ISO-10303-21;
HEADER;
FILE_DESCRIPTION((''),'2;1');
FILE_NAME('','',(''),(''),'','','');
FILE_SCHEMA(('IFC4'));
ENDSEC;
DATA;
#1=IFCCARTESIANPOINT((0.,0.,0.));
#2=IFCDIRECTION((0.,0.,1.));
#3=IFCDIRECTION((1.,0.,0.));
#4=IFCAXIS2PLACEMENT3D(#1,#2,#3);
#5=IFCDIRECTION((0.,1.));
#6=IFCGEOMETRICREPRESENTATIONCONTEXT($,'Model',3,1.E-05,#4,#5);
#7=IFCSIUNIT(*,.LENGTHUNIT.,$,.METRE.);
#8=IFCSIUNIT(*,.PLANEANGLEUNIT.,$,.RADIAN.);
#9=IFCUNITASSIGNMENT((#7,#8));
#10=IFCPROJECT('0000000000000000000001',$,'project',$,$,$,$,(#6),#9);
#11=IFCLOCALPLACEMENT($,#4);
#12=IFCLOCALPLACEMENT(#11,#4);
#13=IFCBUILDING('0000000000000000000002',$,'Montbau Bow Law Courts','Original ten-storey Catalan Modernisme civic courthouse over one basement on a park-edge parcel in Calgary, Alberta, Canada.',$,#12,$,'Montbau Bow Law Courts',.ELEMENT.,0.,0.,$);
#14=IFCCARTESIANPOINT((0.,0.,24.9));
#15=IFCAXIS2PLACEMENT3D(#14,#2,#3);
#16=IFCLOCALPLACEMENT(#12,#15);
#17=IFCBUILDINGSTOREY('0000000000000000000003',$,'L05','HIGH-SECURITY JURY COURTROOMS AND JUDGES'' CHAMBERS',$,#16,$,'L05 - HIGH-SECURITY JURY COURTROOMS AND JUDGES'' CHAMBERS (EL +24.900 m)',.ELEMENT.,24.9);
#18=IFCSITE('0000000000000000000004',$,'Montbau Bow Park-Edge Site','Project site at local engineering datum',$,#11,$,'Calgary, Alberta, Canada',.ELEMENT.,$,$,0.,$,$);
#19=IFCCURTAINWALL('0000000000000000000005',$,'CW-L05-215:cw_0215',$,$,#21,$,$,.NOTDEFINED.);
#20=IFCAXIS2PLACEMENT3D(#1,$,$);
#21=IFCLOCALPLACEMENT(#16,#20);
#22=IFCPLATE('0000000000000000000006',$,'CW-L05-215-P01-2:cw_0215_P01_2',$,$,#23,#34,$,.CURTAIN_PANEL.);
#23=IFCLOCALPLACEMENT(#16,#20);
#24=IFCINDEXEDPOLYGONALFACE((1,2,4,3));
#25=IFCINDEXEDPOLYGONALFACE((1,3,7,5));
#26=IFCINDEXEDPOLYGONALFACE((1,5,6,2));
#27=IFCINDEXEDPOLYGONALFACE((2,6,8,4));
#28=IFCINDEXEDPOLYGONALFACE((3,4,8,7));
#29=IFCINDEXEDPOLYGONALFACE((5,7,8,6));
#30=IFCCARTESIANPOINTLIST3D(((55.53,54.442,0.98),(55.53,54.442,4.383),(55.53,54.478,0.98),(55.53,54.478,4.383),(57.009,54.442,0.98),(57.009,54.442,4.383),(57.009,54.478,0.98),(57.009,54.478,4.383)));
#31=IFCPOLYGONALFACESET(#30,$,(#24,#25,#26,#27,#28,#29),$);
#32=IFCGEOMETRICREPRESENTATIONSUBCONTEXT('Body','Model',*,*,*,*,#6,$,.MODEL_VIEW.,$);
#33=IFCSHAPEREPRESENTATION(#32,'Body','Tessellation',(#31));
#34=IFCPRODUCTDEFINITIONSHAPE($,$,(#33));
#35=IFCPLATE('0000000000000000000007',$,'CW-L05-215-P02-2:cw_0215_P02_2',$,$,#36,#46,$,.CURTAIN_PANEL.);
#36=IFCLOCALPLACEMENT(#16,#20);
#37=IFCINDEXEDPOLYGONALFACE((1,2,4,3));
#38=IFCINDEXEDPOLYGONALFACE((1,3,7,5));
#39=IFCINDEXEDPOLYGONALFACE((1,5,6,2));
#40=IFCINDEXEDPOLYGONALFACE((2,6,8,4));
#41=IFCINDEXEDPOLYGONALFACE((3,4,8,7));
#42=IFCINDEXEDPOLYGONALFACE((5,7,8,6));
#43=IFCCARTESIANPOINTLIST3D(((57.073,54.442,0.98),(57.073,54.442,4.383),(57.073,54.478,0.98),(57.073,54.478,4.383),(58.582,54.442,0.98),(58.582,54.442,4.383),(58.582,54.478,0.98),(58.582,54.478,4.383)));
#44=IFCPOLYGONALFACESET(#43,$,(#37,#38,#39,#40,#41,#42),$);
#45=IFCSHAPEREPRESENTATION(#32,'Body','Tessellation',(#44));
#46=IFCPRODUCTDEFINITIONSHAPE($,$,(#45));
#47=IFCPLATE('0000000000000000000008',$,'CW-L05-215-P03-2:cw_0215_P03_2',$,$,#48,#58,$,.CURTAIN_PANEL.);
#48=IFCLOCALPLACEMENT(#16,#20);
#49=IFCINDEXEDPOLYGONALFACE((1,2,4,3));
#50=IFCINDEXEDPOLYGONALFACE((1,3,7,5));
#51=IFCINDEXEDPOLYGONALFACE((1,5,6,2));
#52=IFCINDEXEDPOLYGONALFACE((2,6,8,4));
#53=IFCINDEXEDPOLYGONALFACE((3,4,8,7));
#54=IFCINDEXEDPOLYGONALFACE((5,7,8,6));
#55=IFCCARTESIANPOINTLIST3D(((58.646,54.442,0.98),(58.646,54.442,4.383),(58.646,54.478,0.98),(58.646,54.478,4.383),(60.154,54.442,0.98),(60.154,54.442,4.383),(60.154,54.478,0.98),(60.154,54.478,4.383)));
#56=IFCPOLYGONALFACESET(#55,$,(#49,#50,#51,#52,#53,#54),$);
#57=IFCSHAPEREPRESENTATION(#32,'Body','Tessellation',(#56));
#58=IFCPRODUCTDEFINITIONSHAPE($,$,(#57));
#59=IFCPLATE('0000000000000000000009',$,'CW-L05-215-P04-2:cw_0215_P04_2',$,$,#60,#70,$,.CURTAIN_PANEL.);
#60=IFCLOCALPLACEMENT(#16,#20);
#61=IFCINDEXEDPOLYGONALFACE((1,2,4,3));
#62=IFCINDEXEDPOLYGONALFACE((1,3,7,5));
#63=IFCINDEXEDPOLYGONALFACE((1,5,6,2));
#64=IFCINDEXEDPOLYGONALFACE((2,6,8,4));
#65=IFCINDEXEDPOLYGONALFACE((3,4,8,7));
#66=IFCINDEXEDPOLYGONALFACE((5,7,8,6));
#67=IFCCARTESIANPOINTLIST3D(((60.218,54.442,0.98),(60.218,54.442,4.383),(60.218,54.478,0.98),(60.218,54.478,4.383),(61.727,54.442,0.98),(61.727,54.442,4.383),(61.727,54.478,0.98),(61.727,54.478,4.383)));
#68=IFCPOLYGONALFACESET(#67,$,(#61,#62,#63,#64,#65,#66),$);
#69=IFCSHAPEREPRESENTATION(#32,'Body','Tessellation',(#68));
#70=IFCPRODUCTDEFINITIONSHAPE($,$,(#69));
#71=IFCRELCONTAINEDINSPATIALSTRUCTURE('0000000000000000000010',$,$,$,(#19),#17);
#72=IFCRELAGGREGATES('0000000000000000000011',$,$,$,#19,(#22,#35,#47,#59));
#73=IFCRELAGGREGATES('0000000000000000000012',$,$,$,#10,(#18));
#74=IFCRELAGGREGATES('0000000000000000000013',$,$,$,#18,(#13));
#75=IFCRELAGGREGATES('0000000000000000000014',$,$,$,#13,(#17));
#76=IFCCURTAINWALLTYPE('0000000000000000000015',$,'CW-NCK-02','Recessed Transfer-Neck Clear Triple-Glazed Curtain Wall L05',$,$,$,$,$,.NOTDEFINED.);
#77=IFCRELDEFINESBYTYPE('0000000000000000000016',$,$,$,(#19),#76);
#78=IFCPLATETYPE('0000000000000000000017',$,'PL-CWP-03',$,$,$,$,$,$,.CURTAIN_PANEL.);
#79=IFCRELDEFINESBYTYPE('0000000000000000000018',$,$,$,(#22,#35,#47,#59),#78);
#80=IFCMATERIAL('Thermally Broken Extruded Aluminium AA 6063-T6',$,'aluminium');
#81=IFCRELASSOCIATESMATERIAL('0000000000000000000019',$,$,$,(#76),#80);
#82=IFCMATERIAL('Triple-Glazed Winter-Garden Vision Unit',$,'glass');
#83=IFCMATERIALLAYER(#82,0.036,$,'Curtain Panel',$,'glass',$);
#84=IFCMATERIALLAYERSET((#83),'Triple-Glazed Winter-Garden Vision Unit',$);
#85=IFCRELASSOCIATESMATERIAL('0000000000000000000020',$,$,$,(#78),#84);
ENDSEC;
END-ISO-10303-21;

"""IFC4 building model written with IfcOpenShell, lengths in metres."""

from ifc_helpers import new_model, si_unit, direction, frame, frame_2d, origin_with_axes, place, context, subcontext, project, spatial, rectangle, extrude, material, layer, layer_set, type_object, element, aggregate, save


model = new_model("IFC4")

# Units and contexts
model_context = context("Model", 3, precision=1e-05, world=origin_with_axes(), true_north=direction((0.0, 1.0)))
body_context = subcontext(model_context, "Body", "Model", "MODEL_VIEW")
ifc_project = project(units=[si_unit("LENGTHUNIT", "METRE"), si_unit("PLANEANGLEUNIT", "RADIAN")], contexts=[model_context])

# Site, building, storey
site_placement = place(None, origin_with_axes())
site = spatial("IfcSite", under=ifc_project, at=site_placement, Name="Montbau Bow Park-Edge Site", Description="Project site at local engineering datum", LongName="Calgary, Alberta, Canada", CompositionType="ELEMENT", RefElevation=0.0)
building_placement = place(site_placement, origin_with_axes())
building = spatial("IfcBuilding", under=site, at=building_placement, Name="Montbau Bow Law Courts", Description="Original ten-storey Catalan Modernisme civic courthouse over one basement on a park-edge parcel in Calgary, Alberta, Canada.", LongName="Montbau Bow Law Courts", CompositionType="ELEMENT", ElevationOfRefHeight=0.0, ElevationOfTerrain=0.0)
storey_placement = place(building_placement, frame((0.0, 0.0, 24.9), z_axis=(0.0, 0.0, 1.0), x_axis=(1.0, 0.0, 0.0)))
storey = spatial("IfcBuildingStorey", under=building, at=storey_placement, Name="L05", Description="HIGH-SECURITY JURY COURTROOMS AND JUDGES' CHAMBERS", LongName="L05 - HIGH-SECURITY JURY COURTROOMS AND JUDGES' CHAMBERS (EL +24.900 m)", CompositionType="ELEMENT", Elevation=24.9)

# Curtain wall, plates
ifc_material_1 = material(Name="Thermally Broken Extruded Aluminium AA 6063-T6", Category="aluminium")
curtain_wall_type = type_object("IfcCurtainWallType", Name="CW-NCK-02", Description="Recessed Transfer-Neck Clear Triple-Glazed Curtain Wall L05", PredefinedType="NOTDEFINED", material=ifc_material_1)
curtain_wall_placement = place(None, frame((55.468, 54.46, 24.9), z_axis=(0.0, 0.0, 1.0), x_axis=(1.0, 0.0, 0.0)))
curtain_wall = element("IfcCurtainWall", 1, at=curtain_wall_placement, inside=storey, type_object=curtain_wall_type, Name="CW-L05-215:cw_0215", PredefinedType="NOTDEFINED")
ifc_material_2 = material(Name="Triple-Glazed Winter-Garden Vision Unit", Category="glass")
ifc_layer_1 = layer(ifc_material_2, 0.036, Name="Curtain Panel", Category="glass")
ifc_layer_set_1 = layer_set([ifc_layer_1], Name="Triple-Glazed Winter-Garden Vision Unit")
plate_type_1 = type_object("IfcPlateType", Name="PL-CWP-03", PredefinedType="CURTAIN_PANEL", material=ifc_layer_set_1)
plate_1_placement = place(None, frame((55.53, 54.46, 25.88), z_axis=(0.0, -1.0, 0.0), x_axis=(1.0, 0.0, 0.0)))
plate_1 = element("IfcPlate", 2, at=plate_1_placement, type_object=plate_type_1, Name="CW-L05-215-P01-2:cw_0215_P01_2", PredefinedType="CURTAIN_PANEL", context=body_context, shape_type="SweptSolid", body=[
    extrude(rectangle(XDim=1.479, YDim=3.403, at=frame_2d((0.7395, 1.7015), x_axis=(1.0, 0.0))), frame((0.0, 0.0, -0.018), z_axis=(0.0, 0.0, 1.0), x_axis=(1.0, 0.0, 0.0)), (0.0, 0.0, 1.0), 0.036),
])
plate_2_placement = place(None, frame((57.073, 54.46, 25.88), z_axis=(0.0, -1.0, 0.0), x_axis=(1.0, 0.0, 0.0)))
plate_2 = element("IfcPlate", 3, at=plate_2_placement, type_object=plate_type_1, Name="CW-L05-215-P02-2:cw_0215_P02_2", PredefinedType="CURTAIN_PANEL", context=body_context, shape_type="SweptSolid", body=[
    extrude(rectangle(XDim=1.509, YDim=3.403, at=frame_2d((0.7545, 1.7015), x_axis=(1.0, 0.0))), frame((0.0, 0.0, -0.018), z_axis=(0.0, 0.0, 1.0), x_axis=(1.0, 0.0, 0.0)), (0.0, 0.0, 1.0), 0.036),
])
plate_3_placement = place(None, frame((58.646, 54.46, 25.88), z_axis=(0.0, -1.0, 0.0), x_axis=(1.0, 0.0, 0.0)))
plate_3 = element("IfcPlate", 4, at=plate_3_placement, type_object=plate_type_1, Name="CW-L05-215-P03-2:cw_0215_P03_2", PredefinedType="CURTAIN_PANEL", context=body_context, shape_type="SweptSolid", body=[
    extrude(rectangle(XDim=1.508, YDim=3.403, at=frame_2d((0.754, 1.7015), x_axis=(1.0, 0.0))), frame((0.0, 0.0, -0.018), z_axis=(0.0, 0.0, 1.0), x_axis=(1.0, 0.0, 0.0)), (0.0, 0.0, 1.0), 0.036),
])
plate_4_placement = place(None, frame((60.218, 54.46, 25.88), z_axis=(0.0, -1.0, 0.0), x_axis=(1.0, 0.0, 0.0)))
plate_4 = element("IfcPlate", 5, at=plate_4_placement, type_object=plate_type_1, Name="CW-L05-215-P04-2:cw_0215_P04_2", PredefinedType="CURTAIN_PANEL", context=body_context, shape_type="SweptSolid", body=[
    extrude(rectangle(XDim=1.509, YDim=3.403, at=frame_2d((0.7545, 1.7015), x_axis=(1.0, 0.0))), frame((0.0, 0.0, -0.018), z_axis=(0.0, 0.0, 1.0), x_axis=(1.0, 0.0, 0.0)), (0.0, 0.0, 1.0), 0.036),
])
aggregate(curtain_wall, [plate_1, plate_2, plate_3, plate_4])

save(model, "model.ifc")
